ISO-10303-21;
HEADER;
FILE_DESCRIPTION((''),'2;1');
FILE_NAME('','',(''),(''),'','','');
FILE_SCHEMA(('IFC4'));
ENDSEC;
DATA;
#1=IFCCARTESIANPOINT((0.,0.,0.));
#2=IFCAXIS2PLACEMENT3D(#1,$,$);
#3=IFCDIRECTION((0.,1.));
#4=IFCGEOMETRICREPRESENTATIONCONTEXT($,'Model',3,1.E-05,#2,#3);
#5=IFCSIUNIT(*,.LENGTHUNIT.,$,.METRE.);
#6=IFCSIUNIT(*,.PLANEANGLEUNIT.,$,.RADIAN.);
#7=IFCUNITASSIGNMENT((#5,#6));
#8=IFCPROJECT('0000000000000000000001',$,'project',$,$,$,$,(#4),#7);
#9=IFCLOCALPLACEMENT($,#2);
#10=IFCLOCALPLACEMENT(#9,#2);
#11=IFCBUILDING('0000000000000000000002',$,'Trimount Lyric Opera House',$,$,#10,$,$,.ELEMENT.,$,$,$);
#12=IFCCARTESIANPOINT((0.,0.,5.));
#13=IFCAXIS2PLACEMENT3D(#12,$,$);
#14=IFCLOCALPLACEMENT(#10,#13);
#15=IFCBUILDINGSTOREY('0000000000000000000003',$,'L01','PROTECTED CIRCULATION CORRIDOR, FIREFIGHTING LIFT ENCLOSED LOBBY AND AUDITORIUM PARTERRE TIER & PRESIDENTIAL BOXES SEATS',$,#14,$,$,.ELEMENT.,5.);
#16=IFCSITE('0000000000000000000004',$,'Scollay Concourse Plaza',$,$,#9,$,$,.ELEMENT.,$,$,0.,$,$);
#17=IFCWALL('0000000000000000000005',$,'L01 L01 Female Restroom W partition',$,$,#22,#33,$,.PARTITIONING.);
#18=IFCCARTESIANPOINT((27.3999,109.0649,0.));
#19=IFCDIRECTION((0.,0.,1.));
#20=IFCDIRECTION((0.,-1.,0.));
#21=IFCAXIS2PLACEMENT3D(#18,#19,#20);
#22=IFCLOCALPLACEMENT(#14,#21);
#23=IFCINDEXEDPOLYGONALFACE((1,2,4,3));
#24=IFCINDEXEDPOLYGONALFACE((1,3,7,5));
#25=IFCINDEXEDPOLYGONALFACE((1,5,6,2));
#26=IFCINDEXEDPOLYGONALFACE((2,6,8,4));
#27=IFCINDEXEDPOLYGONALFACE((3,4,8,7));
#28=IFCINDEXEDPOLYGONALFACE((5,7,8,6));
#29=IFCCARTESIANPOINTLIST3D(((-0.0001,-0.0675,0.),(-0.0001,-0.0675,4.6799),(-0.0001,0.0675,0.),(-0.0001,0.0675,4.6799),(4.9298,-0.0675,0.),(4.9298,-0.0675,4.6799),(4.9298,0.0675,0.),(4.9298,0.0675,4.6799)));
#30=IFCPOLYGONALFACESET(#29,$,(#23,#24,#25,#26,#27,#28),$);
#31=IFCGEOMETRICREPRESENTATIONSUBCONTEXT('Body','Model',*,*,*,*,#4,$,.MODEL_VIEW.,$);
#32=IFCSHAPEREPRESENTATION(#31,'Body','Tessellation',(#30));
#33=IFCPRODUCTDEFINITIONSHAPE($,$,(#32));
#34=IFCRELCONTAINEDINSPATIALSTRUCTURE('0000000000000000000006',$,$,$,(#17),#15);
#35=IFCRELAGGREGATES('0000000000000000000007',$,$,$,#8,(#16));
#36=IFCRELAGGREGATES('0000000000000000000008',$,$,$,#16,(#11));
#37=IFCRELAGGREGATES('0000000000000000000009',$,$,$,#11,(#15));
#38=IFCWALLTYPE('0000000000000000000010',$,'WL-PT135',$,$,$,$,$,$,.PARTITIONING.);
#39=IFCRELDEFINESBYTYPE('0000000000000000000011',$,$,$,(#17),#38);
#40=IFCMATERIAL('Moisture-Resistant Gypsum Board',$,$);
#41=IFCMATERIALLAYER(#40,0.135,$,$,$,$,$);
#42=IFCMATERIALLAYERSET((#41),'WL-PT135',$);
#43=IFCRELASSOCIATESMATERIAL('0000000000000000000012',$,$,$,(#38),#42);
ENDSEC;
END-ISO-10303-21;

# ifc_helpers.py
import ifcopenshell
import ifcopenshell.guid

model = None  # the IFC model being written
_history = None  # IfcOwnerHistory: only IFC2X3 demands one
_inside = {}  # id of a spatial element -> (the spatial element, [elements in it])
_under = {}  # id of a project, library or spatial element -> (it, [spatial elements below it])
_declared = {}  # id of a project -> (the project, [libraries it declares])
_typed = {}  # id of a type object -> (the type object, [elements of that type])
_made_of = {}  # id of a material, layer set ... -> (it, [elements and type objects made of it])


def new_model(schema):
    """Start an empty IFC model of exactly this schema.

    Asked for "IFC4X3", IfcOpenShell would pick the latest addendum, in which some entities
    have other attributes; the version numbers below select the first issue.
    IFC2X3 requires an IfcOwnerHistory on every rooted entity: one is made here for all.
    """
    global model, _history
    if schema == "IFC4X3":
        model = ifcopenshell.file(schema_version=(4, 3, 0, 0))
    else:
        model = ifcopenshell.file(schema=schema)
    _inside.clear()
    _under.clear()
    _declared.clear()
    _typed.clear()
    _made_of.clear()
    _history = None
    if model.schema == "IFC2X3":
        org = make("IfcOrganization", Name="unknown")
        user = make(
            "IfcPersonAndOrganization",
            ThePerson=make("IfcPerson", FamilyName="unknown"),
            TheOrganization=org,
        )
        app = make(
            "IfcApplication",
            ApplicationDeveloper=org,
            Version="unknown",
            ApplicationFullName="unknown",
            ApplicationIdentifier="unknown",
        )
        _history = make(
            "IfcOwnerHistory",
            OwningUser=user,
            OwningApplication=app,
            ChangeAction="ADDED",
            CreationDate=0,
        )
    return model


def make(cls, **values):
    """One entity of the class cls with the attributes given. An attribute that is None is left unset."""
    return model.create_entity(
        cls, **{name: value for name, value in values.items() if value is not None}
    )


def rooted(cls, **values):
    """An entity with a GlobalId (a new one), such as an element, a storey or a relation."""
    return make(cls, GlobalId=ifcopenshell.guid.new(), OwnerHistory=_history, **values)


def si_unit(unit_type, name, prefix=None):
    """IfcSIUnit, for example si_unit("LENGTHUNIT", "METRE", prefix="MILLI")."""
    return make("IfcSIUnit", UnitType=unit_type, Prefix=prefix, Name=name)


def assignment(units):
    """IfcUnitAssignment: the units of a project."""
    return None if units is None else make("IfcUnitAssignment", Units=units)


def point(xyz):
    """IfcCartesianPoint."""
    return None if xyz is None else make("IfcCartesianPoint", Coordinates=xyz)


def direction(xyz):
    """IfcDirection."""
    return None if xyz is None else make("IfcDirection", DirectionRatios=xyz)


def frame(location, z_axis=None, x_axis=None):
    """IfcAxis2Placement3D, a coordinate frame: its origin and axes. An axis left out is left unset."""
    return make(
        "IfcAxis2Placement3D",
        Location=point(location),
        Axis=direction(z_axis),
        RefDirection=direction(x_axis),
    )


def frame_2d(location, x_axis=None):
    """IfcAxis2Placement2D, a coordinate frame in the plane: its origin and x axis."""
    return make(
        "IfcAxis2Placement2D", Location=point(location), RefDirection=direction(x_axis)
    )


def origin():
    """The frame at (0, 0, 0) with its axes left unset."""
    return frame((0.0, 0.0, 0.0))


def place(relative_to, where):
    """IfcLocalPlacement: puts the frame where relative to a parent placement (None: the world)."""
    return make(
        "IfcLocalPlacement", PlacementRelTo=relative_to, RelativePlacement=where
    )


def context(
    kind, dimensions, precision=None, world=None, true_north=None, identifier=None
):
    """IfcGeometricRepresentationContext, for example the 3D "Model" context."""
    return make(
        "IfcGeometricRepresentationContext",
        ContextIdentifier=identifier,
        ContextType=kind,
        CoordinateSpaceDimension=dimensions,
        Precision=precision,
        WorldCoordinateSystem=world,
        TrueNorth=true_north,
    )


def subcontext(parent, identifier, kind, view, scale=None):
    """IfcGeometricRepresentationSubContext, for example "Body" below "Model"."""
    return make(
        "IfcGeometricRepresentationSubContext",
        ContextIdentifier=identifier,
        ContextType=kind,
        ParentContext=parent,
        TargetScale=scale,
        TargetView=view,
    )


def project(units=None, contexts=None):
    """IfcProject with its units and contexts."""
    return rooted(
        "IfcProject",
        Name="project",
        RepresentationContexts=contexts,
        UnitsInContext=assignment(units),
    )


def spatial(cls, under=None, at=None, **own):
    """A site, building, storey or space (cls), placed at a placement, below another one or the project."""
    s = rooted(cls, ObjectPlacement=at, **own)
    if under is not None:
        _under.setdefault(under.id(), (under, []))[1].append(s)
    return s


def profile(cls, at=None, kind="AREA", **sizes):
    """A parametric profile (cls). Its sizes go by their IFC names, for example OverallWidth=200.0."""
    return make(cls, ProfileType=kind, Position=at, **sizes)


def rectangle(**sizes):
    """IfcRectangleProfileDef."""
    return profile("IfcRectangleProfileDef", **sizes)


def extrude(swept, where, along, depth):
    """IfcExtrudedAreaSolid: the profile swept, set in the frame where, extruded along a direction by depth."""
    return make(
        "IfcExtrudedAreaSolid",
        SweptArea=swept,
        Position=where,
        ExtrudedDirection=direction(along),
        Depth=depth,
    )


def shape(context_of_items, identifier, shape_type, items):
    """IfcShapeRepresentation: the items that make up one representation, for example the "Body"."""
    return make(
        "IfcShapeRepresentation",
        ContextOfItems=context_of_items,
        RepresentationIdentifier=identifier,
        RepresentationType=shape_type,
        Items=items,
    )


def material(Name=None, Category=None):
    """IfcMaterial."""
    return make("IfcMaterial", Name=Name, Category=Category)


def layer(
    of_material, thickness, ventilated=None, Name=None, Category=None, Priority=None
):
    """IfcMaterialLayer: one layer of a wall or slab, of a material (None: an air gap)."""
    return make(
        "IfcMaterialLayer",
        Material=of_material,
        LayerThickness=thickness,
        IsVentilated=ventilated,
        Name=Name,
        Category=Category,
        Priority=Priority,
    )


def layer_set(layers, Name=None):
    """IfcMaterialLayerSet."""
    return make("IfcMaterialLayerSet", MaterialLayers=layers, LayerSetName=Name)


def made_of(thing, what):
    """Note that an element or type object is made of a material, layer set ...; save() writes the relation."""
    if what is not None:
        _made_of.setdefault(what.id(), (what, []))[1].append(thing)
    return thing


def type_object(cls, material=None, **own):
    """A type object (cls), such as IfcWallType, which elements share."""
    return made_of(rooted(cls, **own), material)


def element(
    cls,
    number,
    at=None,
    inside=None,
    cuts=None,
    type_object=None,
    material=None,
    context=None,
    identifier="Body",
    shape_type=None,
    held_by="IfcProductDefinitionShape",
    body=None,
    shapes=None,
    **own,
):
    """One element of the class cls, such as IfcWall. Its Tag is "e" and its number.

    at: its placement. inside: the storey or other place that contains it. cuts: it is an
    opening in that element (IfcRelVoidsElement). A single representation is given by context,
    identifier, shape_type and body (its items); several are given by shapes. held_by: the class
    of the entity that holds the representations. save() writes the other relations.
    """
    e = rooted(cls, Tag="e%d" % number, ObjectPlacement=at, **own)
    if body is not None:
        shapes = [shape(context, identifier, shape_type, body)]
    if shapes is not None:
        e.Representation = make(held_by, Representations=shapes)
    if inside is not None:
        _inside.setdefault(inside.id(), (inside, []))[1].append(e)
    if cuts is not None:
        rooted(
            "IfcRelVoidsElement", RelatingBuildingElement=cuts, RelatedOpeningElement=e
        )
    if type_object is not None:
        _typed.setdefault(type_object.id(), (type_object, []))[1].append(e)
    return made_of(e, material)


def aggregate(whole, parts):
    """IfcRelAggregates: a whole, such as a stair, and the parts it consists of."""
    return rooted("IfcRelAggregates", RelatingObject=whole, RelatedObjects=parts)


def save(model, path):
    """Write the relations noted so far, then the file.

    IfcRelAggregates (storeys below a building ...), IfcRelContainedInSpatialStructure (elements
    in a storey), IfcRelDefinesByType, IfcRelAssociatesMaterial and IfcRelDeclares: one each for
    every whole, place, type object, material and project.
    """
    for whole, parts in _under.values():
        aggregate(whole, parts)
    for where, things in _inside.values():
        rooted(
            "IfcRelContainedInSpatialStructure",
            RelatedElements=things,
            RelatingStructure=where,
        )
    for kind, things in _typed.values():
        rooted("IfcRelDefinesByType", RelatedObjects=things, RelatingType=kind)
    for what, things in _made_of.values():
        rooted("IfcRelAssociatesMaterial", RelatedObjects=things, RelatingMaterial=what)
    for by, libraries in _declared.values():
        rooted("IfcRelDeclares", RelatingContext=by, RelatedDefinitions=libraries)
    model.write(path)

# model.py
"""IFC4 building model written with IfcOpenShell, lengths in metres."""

from ifc_helpers import new_model, si_unit, direction, frame, frame_2d, origin, place, context, subcontext, project, spatial, rectangle, extrude, material, layer, layer_set, type_object, element, save


model = new_model("IFC4")

# Units and contexts
model_context = context("Model", 3, precision=1e-05, world=origin(), true_north=direction((0.0, 1.0)))
body_context = subcontext(model_context, "Body", "Model", "MODEL_VIEW")
ifc_project = project(units=[si_unit("LENGTHUNIT", "METRE"), si_unit("PLANEANGLEUNIT", "RADIAN")], contexts=[model_context])

# Site, building, storey
site_placement = place(None, origin())
site = spatial("IfcSite", under=ifc_project, at=site_placement, Name="Scollay Concourse Plaza", CompositionType="ELEMENT", RefElevation=0.0)
building_placement = place(site_placement, origin())
building = spatial("IfcBuilding", under=site, at=building_placement, Name="Trimount Lyric Opera House", CompositionType="ELEMENT")
storey_placement = place(building_placement, frame((0.0, 0.0, 5.0)))
storey = spatial("IfcBuildingStorey", under=building, at=storey_placement, Name="L01", Description="PROTECTED CIRCULATION CORRIDOR, FIREFIGHTING LIFT ENCLOSED LOBBY AND AUDITORIUM PARTERRE TIER & PRESIDENTIAL BOXES SEATS", CompositionType="ELEMENT", Elevation=5.0)

# Shared definitions
ifc_material_1 = material(Name="Moisture-Resistant Gypsum Board")
ifc_layer = layer(ifc_material_1, 0.135)
ifc_layer_set = layer_set([ifc_layer], Name="WL-PT135")
wall_type = type_object("IfcWallType", Name="WL-PT135", PredefinedType="PARTITIONING", material=ifc_layer_set)

# Wall
wall_1_placement = place(storey_placement, frame((27.3999, 109.0649, 0.0), z_axis=(0.0, 0.0, 1.0), x_axis=(0.0, -1.0, 0.0)))
element("IfcWall", 1, at=wall_1_placement, inside=storey, type_object=wall_type, Name="L01 L01 Female Restroom W partition", PredefinedType="PARTITIONING", context=body_context, shape_type="SweptSolid", body=[
    extrude(rectangle(XDim=4.9299, YDim=0.135, at=frame_2d((2.4648, 0.0))), origin(), (0.0, 0.0, 1.0), 4.6799),
])

save(model, "model.ifc")
